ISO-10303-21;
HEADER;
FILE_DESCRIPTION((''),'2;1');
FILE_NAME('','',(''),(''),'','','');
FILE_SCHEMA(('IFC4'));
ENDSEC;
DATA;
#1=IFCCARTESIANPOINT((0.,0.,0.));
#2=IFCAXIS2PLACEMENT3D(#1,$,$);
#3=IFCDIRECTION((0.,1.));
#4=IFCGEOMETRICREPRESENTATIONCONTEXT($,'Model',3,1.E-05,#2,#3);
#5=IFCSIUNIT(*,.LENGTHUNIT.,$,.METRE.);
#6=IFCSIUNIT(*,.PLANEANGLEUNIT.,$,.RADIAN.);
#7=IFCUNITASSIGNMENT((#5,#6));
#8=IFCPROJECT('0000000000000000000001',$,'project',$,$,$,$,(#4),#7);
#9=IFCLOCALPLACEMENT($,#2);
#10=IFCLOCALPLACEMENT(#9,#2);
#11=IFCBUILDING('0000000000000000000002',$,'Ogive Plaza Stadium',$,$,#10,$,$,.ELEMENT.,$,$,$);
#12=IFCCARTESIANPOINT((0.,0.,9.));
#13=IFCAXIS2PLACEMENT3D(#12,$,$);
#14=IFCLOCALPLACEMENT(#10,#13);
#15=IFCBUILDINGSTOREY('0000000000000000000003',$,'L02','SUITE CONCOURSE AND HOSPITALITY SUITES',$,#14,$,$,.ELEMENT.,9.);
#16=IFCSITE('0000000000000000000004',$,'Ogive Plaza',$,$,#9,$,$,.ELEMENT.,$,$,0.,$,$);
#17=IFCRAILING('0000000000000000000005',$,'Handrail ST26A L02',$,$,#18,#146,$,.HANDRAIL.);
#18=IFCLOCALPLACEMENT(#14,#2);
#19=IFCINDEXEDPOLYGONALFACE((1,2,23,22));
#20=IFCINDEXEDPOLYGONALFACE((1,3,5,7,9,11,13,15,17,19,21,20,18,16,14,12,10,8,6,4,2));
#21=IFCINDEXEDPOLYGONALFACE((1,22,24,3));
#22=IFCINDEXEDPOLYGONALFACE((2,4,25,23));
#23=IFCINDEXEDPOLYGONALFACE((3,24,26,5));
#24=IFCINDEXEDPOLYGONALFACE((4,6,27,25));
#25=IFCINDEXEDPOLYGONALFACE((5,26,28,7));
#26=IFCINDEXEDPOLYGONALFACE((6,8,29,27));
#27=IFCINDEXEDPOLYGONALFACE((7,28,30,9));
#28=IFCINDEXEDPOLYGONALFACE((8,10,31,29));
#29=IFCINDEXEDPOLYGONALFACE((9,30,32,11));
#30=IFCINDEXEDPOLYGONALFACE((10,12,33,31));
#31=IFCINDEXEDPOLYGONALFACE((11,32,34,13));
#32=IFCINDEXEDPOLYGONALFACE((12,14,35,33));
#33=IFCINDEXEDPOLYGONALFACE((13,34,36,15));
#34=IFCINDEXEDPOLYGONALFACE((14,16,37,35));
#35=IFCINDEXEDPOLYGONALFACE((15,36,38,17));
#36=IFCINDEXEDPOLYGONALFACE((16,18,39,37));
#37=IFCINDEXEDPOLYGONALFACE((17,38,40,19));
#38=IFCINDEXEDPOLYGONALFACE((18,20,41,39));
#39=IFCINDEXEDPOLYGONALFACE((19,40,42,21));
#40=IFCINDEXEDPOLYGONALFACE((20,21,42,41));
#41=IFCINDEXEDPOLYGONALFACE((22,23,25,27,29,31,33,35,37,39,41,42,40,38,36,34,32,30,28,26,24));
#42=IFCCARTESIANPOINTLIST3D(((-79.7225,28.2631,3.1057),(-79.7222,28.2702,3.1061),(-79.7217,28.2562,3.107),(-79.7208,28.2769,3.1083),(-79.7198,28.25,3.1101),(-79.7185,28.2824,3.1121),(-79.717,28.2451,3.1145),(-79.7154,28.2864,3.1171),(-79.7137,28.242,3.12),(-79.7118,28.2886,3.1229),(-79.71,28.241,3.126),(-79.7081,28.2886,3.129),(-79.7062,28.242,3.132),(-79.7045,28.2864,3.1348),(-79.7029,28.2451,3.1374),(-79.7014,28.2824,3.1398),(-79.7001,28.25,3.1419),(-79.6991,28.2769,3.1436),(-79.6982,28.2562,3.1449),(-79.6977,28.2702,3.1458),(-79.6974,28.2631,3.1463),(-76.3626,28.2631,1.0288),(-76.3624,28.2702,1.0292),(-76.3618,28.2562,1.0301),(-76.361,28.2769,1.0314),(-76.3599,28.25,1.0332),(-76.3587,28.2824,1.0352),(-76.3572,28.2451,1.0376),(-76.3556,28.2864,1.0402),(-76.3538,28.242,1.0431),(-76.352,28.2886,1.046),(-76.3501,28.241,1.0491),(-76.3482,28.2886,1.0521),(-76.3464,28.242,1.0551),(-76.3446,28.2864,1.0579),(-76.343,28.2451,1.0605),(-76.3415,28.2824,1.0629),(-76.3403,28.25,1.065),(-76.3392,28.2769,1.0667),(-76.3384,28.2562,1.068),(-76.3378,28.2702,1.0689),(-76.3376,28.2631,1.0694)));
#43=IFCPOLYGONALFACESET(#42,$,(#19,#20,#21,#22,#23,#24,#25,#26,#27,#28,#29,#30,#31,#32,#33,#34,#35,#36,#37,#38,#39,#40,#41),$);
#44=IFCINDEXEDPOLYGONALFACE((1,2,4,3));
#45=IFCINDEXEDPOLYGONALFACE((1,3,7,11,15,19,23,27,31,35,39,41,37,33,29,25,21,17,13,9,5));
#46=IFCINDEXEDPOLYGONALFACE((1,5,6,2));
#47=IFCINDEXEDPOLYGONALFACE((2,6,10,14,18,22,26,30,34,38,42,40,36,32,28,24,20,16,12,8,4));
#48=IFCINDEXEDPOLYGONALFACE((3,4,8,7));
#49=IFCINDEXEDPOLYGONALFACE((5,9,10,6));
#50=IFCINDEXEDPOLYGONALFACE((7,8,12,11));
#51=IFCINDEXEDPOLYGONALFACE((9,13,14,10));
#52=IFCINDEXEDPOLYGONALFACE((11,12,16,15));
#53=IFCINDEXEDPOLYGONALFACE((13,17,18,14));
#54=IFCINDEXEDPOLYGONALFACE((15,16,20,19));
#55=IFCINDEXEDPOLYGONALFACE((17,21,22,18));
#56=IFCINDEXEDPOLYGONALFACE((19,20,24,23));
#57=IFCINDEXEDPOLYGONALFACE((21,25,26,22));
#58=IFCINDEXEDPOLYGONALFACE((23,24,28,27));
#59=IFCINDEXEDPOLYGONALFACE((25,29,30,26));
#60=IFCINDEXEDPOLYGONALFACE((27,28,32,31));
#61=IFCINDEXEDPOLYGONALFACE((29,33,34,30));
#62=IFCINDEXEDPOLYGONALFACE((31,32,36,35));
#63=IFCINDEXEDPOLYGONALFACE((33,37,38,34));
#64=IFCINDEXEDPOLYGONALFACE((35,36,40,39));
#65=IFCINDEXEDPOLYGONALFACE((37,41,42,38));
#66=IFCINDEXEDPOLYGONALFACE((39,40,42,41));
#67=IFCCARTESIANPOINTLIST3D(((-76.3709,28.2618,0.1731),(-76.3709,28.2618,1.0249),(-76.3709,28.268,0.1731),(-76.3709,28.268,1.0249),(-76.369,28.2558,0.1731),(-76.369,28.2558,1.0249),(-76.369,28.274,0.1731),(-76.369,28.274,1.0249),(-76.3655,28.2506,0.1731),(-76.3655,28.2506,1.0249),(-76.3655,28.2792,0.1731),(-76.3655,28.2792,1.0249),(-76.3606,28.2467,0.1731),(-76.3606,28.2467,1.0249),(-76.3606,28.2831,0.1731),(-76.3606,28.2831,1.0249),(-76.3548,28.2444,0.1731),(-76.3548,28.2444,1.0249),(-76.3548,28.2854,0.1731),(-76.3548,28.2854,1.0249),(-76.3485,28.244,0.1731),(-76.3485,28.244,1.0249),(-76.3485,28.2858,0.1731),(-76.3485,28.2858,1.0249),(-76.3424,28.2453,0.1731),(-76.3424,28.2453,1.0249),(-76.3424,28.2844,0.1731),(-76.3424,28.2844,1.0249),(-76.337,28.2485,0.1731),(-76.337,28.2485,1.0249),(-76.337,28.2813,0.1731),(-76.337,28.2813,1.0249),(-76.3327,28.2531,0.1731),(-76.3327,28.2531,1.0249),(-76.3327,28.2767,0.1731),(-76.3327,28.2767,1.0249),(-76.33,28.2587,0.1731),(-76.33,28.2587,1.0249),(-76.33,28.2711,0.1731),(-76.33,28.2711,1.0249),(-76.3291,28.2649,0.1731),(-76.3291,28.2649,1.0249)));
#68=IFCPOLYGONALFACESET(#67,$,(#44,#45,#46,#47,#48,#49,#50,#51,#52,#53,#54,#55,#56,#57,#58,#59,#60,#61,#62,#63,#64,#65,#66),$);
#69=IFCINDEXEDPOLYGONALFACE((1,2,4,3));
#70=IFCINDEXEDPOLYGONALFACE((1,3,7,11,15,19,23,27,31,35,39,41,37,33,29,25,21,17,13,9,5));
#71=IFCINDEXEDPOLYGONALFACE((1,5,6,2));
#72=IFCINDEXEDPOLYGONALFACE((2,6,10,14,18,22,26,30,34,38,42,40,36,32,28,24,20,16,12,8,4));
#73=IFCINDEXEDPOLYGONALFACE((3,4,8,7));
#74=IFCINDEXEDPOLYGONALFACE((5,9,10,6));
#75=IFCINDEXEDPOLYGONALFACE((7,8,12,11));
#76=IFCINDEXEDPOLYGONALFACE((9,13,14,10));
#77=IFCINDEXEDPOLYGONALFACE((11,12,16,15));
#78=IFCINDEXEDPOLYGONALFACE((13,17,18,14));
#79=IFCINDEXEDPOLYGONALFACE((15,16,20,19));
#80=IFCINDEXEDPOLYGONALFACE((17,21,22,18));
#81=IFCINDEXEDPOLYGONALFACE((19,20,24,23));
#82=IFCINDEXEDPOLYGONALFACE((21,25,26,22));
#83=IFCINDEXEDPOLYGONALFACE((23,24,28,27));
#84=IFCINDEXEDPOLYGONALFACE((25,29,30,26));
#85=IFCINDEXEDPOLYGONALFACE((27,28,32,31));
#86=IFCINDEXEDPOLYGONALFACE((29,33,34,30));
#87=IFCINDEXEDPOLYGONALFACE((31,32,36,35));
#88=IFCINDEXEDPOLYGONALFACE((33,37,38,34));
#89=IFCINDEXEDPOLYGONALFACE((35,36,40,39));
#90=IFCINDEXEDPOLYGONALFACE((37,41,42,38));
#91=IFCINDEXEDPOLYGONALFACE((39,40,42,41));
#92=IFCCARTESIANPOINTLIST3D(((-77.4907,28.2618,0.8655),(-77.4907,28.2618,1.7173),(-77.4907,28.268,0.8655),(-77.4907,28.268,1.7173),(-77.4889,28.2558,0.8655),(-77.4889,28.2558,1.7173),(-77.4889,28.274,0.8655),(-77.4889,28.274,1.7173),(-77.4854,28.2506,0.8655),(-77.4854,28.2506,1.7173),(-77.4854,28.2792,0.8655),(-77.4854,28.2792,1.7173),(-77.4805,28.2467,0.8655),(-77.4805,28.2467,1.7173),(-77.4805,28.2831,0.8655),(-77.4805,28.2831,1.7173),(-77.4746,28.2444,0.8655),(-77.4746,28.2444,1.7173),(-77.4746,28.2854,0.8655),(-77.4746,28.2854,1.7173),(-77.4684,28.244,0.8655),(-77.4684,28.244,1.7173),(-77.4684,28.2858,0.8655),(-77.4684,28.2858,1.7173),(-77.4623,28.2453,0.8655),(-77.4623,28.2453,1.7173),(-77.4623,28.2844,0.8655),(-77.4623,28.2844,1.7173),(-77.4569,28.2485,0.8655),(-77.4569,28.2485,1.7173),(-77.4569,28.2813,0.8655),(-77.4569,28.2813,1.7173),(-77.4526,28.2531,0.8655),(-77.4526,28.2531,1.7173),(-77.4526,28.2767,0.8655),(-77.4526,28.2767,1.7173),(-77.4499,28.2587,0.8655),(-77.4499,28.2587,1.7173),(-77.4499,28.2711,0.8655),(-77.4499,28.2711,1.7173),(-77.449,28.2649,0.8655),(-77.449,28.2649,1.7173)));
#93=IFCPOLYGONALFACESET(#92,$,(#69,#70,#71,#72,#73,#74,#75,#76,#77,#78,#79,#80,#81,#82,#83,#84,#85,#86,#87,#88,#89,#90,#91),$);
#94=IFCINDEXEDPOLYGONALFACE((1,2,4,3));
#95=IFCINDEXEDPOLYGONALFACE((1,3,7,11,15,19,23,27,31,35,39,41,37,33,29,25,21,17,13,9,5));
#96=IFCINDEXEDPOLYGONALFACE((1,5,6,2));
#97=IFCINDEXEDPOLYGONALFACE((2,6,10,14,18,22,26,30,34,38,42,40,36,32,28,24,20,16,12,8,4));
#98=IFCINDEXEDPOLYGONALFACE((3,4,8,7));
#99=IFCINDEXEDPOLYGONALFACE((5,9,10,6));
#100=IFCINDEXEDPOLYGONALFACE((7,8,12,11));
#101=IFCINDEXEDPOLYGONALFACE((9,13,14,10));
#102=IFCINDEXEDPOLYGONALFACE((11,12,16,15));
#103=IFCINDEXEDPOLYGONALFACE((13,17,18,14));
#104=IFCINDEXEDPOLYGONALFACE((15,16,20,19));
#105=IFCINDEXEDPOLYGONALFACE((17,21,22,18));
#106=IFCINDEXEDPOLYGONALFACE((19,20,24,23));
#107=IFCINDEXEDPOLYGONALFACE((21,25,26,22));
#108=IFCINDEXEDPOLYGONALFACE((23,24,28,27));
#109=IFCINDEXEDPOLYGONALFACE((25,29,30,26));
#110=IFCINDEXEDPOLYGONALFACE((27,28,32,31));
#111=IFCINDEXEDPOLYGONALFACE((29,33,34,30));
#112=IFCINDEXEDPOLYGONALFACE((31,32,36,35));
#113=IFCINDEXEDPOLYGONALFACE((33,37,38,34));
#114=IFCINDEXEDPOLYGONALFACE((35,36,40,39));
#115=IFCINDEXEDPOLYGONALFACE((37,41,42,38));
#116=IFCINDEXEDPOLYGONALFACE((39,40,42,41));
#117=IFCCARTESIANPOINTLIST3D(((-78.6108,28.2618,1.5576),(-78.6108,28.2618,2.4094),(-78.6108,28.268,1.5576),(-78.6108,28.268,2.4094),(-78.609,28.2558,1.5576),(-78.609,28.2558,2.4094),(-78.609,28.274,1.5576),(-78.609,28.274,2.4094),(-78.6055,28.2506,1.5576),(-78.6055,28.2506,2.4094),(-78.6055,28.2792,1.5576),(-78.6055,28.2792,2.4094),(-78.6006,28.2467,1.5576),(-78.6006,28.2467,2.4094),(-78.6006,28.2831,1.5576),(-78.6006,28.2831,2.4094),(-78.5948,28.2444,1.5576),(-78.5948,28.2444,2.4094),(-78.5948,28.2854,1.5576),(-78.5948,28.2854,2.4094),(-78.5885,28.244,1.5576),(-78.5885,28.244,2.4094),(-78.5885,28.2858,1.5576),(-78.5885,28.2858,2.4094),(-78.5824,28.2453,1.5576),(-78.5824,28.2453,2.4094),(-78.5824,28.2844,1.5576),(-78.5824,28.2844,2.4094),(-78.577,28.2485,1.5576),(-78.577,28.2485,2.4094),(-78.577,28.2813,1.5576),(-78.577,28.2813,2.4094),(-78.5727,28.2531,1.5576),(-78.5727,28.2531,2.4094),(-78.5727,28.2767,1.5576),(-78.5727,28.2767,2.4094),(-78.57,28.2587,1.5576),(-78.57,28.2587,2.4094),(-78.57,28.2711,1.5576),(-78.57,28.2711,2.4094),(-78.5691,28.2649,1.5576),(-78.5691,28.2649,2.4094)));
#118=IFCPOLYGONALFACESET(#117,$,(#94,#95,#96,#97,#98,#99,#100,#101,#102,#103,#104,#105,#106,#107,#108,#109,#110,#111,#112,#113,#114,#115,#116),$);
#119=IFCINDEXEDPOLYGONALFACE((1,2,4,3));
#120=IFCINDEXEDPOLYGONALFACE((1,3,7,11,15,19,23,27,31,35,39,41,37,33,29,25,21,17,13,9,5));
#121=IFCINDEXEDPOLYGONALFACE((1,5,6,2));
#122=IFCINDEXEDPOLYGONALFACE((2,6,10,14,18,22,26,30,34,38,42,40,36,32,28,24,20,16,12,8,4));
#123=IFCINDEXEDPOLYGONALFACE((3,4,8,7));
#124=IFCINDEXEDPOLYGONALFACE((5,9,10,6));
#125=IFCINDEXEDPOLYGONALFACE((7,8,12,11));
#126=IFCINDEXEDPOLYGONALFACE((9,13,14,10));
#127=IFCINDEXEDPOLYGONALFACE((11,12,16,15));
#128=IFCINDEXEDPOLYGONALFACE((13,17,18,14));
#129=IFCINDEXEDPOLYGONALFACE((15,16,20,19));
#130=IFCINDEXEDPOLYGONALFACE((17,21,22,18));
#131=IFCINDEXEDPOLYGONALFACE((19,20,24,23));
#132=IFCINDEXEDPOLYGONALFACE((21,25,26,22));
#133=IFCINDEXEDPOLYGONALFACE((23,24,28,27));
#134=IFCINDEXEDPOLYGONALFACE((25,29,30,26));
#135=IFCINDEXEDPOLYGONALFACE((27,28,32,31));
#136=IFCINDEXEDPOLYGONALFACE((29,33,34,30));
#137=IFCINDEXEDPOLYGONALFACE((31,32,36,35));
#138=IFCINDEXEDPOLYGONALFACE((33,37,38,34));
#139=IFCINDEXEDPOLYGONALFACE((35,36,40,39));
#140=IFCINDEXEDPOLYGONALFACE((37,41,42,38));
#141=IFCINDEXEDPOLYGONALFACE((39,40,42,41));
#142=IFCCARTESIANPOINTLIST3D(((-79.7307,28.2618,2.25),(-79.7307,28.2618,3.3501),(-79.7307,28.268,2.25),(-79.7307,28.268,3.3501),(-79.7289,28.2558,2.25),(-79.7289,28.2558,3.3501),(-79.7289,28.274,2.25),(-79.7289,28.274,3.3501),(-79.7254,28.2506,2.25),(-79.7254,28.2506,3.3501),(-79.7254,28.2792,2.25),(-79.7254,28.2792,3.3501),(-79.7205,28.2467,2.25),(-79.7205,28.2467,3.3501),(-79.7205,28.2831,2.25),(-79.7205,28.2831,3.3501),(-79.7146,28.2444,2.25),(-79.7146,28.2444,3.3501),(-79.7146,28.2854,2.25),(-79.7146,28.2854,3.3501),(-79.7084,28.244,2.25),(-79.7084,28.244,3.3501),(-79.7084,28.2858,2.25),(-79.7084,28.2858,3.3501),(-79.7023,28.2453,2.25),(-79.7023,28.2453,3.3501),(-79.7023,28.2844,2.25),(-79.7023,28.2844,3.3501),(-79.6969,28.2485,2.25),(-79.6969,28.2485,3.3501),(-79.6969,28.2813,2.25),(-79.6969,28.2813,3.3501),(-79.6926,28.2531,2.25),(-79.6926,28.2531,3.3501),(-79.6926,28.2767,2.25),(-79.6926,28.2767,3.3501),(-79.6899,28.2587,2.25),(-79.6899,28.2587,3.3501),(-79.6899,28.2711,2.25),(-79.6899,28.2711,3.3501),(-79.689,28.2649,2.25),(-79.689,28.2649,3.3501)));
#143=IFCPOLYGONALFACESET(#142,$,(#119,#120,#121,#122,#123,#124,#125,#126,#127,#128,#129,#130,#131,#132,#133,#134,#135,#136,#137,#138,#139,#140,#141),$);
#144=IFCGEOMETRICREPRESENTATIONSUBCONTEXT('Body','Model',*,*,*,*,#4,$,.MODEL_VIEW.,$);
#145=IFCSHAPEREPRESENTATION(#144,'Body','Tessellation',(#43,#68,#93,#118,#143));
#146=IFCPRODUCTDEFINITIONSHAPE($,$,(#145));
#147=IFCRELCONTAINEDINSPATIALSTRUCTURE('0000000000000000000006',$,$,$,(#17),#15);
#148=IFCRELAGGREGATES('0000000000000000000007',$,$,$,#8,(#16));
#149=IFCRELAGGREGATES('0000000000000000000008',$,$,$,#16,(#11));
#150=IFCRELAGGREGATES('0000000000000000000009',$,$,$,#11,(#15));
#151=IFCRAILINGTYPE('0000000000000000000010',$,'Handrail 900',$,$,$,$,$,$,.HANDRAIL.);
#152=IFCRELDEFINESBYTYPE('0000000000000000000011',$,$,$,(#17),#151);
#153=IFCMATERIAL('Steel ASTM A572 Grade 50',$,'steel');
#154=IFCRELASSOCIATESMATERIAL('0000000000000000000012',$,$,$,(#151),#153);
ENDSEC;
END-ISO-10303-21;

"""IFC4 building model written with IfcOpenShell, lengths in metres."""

from ifc_helpers import new_model, si_unit, direction, frame, origin, origin_2d, place, context, subcontext, project, spatial, circle, extrude, material, type_object, element, save


model = new_model("IFC4")

# Units and contexts
model_context = context("Model", 3, precision=1e-05, world=origin(), true_north=direction((0.0, 1.0)))
body_context = subcontext(model_context, "Body", "Model", "MODEL_VIEW")
ifc_project = project(units=[si_unit("LENGTHUNIT", "METRE"), si_unit("PLANEANGLEUNIT", "RADIAN")], contexts=[model_context])

# Site, building, storey
site_placement = place(None, origin())
site = spatial("IfcSite", under=ifc_project, at=site_placement, Name="Ogive Plaza", CompositionType="ELEMENT", RefElevation=0.0)
building_placement = place(site_placement, origin())
building = spatial("IfcBuilding", under=site, at=building_placement, Name="Ogive Plaza Stadium", CompositionType="ELEMENT")
storey_placement = place(building_placement, frame((0.0, 0.0, 9.0)))
storey = spatial("IfcBuildingStorey", under=building, at=storey_placement, Name="L02", Description="SUITE CONCOURSE AND HOSPITALITY SUITES", CompositionType="ELEMENT", Elevation=9.0)

# Railing
ifc_material_1 = material(Name="Steel ASTM A572 Grade 50", Category="steel")
railing_type_1 = type_object("IfcRailingType", Name="Handrail 900", PredefinedType="HANDRAIL", material=ifc_material_1)
for number, where, name in (
    (1, (-76.3501, 28.2649, 0.1731), "Handrail ST26A L02"),
):
    element("IfcRailing", number, at=place(storey_placement, frame(where)), inside=storey, type_object=railing_type_1, Name=name, PredefinedType="HANDRAIL", context=body_context, shape_type="SweptSolid", body=[
        extrude(circle(Radius=0.0239, at=origin_2d()), frame((0.0, 0.0, 0.876), z_axis=(-0.850606, 0.0, 0.525803), x_axis=(0.0, -1.0, 0.0)), (0.0, 0.0, 1.0), 3.95),
        extrude(circle(Radius=0.021, at=origin_2d()), origin(), (0.0, 0.0, 1.0), 0.8518),
        extrude(circle(Radius=0.021, at=origin_2d()), frame((-1.1199, 0.0, 0.6924)), (0.0, 0.0, 1.0), 0.8518),
        extrude(circle(Radius=0.021, at=origin_2d()), frame((-2.24, 0.0, 1.3845)), (0.0, 0.0, 1.0), 0.8518),
        extrude(circle(Radius=0.021, at=origin_2d()), frame((-3.3599, 0.0, 2.0769)), (0.0, 0.0, 1.0), 1.1001),
    ])

save(model, "model.ifc")
